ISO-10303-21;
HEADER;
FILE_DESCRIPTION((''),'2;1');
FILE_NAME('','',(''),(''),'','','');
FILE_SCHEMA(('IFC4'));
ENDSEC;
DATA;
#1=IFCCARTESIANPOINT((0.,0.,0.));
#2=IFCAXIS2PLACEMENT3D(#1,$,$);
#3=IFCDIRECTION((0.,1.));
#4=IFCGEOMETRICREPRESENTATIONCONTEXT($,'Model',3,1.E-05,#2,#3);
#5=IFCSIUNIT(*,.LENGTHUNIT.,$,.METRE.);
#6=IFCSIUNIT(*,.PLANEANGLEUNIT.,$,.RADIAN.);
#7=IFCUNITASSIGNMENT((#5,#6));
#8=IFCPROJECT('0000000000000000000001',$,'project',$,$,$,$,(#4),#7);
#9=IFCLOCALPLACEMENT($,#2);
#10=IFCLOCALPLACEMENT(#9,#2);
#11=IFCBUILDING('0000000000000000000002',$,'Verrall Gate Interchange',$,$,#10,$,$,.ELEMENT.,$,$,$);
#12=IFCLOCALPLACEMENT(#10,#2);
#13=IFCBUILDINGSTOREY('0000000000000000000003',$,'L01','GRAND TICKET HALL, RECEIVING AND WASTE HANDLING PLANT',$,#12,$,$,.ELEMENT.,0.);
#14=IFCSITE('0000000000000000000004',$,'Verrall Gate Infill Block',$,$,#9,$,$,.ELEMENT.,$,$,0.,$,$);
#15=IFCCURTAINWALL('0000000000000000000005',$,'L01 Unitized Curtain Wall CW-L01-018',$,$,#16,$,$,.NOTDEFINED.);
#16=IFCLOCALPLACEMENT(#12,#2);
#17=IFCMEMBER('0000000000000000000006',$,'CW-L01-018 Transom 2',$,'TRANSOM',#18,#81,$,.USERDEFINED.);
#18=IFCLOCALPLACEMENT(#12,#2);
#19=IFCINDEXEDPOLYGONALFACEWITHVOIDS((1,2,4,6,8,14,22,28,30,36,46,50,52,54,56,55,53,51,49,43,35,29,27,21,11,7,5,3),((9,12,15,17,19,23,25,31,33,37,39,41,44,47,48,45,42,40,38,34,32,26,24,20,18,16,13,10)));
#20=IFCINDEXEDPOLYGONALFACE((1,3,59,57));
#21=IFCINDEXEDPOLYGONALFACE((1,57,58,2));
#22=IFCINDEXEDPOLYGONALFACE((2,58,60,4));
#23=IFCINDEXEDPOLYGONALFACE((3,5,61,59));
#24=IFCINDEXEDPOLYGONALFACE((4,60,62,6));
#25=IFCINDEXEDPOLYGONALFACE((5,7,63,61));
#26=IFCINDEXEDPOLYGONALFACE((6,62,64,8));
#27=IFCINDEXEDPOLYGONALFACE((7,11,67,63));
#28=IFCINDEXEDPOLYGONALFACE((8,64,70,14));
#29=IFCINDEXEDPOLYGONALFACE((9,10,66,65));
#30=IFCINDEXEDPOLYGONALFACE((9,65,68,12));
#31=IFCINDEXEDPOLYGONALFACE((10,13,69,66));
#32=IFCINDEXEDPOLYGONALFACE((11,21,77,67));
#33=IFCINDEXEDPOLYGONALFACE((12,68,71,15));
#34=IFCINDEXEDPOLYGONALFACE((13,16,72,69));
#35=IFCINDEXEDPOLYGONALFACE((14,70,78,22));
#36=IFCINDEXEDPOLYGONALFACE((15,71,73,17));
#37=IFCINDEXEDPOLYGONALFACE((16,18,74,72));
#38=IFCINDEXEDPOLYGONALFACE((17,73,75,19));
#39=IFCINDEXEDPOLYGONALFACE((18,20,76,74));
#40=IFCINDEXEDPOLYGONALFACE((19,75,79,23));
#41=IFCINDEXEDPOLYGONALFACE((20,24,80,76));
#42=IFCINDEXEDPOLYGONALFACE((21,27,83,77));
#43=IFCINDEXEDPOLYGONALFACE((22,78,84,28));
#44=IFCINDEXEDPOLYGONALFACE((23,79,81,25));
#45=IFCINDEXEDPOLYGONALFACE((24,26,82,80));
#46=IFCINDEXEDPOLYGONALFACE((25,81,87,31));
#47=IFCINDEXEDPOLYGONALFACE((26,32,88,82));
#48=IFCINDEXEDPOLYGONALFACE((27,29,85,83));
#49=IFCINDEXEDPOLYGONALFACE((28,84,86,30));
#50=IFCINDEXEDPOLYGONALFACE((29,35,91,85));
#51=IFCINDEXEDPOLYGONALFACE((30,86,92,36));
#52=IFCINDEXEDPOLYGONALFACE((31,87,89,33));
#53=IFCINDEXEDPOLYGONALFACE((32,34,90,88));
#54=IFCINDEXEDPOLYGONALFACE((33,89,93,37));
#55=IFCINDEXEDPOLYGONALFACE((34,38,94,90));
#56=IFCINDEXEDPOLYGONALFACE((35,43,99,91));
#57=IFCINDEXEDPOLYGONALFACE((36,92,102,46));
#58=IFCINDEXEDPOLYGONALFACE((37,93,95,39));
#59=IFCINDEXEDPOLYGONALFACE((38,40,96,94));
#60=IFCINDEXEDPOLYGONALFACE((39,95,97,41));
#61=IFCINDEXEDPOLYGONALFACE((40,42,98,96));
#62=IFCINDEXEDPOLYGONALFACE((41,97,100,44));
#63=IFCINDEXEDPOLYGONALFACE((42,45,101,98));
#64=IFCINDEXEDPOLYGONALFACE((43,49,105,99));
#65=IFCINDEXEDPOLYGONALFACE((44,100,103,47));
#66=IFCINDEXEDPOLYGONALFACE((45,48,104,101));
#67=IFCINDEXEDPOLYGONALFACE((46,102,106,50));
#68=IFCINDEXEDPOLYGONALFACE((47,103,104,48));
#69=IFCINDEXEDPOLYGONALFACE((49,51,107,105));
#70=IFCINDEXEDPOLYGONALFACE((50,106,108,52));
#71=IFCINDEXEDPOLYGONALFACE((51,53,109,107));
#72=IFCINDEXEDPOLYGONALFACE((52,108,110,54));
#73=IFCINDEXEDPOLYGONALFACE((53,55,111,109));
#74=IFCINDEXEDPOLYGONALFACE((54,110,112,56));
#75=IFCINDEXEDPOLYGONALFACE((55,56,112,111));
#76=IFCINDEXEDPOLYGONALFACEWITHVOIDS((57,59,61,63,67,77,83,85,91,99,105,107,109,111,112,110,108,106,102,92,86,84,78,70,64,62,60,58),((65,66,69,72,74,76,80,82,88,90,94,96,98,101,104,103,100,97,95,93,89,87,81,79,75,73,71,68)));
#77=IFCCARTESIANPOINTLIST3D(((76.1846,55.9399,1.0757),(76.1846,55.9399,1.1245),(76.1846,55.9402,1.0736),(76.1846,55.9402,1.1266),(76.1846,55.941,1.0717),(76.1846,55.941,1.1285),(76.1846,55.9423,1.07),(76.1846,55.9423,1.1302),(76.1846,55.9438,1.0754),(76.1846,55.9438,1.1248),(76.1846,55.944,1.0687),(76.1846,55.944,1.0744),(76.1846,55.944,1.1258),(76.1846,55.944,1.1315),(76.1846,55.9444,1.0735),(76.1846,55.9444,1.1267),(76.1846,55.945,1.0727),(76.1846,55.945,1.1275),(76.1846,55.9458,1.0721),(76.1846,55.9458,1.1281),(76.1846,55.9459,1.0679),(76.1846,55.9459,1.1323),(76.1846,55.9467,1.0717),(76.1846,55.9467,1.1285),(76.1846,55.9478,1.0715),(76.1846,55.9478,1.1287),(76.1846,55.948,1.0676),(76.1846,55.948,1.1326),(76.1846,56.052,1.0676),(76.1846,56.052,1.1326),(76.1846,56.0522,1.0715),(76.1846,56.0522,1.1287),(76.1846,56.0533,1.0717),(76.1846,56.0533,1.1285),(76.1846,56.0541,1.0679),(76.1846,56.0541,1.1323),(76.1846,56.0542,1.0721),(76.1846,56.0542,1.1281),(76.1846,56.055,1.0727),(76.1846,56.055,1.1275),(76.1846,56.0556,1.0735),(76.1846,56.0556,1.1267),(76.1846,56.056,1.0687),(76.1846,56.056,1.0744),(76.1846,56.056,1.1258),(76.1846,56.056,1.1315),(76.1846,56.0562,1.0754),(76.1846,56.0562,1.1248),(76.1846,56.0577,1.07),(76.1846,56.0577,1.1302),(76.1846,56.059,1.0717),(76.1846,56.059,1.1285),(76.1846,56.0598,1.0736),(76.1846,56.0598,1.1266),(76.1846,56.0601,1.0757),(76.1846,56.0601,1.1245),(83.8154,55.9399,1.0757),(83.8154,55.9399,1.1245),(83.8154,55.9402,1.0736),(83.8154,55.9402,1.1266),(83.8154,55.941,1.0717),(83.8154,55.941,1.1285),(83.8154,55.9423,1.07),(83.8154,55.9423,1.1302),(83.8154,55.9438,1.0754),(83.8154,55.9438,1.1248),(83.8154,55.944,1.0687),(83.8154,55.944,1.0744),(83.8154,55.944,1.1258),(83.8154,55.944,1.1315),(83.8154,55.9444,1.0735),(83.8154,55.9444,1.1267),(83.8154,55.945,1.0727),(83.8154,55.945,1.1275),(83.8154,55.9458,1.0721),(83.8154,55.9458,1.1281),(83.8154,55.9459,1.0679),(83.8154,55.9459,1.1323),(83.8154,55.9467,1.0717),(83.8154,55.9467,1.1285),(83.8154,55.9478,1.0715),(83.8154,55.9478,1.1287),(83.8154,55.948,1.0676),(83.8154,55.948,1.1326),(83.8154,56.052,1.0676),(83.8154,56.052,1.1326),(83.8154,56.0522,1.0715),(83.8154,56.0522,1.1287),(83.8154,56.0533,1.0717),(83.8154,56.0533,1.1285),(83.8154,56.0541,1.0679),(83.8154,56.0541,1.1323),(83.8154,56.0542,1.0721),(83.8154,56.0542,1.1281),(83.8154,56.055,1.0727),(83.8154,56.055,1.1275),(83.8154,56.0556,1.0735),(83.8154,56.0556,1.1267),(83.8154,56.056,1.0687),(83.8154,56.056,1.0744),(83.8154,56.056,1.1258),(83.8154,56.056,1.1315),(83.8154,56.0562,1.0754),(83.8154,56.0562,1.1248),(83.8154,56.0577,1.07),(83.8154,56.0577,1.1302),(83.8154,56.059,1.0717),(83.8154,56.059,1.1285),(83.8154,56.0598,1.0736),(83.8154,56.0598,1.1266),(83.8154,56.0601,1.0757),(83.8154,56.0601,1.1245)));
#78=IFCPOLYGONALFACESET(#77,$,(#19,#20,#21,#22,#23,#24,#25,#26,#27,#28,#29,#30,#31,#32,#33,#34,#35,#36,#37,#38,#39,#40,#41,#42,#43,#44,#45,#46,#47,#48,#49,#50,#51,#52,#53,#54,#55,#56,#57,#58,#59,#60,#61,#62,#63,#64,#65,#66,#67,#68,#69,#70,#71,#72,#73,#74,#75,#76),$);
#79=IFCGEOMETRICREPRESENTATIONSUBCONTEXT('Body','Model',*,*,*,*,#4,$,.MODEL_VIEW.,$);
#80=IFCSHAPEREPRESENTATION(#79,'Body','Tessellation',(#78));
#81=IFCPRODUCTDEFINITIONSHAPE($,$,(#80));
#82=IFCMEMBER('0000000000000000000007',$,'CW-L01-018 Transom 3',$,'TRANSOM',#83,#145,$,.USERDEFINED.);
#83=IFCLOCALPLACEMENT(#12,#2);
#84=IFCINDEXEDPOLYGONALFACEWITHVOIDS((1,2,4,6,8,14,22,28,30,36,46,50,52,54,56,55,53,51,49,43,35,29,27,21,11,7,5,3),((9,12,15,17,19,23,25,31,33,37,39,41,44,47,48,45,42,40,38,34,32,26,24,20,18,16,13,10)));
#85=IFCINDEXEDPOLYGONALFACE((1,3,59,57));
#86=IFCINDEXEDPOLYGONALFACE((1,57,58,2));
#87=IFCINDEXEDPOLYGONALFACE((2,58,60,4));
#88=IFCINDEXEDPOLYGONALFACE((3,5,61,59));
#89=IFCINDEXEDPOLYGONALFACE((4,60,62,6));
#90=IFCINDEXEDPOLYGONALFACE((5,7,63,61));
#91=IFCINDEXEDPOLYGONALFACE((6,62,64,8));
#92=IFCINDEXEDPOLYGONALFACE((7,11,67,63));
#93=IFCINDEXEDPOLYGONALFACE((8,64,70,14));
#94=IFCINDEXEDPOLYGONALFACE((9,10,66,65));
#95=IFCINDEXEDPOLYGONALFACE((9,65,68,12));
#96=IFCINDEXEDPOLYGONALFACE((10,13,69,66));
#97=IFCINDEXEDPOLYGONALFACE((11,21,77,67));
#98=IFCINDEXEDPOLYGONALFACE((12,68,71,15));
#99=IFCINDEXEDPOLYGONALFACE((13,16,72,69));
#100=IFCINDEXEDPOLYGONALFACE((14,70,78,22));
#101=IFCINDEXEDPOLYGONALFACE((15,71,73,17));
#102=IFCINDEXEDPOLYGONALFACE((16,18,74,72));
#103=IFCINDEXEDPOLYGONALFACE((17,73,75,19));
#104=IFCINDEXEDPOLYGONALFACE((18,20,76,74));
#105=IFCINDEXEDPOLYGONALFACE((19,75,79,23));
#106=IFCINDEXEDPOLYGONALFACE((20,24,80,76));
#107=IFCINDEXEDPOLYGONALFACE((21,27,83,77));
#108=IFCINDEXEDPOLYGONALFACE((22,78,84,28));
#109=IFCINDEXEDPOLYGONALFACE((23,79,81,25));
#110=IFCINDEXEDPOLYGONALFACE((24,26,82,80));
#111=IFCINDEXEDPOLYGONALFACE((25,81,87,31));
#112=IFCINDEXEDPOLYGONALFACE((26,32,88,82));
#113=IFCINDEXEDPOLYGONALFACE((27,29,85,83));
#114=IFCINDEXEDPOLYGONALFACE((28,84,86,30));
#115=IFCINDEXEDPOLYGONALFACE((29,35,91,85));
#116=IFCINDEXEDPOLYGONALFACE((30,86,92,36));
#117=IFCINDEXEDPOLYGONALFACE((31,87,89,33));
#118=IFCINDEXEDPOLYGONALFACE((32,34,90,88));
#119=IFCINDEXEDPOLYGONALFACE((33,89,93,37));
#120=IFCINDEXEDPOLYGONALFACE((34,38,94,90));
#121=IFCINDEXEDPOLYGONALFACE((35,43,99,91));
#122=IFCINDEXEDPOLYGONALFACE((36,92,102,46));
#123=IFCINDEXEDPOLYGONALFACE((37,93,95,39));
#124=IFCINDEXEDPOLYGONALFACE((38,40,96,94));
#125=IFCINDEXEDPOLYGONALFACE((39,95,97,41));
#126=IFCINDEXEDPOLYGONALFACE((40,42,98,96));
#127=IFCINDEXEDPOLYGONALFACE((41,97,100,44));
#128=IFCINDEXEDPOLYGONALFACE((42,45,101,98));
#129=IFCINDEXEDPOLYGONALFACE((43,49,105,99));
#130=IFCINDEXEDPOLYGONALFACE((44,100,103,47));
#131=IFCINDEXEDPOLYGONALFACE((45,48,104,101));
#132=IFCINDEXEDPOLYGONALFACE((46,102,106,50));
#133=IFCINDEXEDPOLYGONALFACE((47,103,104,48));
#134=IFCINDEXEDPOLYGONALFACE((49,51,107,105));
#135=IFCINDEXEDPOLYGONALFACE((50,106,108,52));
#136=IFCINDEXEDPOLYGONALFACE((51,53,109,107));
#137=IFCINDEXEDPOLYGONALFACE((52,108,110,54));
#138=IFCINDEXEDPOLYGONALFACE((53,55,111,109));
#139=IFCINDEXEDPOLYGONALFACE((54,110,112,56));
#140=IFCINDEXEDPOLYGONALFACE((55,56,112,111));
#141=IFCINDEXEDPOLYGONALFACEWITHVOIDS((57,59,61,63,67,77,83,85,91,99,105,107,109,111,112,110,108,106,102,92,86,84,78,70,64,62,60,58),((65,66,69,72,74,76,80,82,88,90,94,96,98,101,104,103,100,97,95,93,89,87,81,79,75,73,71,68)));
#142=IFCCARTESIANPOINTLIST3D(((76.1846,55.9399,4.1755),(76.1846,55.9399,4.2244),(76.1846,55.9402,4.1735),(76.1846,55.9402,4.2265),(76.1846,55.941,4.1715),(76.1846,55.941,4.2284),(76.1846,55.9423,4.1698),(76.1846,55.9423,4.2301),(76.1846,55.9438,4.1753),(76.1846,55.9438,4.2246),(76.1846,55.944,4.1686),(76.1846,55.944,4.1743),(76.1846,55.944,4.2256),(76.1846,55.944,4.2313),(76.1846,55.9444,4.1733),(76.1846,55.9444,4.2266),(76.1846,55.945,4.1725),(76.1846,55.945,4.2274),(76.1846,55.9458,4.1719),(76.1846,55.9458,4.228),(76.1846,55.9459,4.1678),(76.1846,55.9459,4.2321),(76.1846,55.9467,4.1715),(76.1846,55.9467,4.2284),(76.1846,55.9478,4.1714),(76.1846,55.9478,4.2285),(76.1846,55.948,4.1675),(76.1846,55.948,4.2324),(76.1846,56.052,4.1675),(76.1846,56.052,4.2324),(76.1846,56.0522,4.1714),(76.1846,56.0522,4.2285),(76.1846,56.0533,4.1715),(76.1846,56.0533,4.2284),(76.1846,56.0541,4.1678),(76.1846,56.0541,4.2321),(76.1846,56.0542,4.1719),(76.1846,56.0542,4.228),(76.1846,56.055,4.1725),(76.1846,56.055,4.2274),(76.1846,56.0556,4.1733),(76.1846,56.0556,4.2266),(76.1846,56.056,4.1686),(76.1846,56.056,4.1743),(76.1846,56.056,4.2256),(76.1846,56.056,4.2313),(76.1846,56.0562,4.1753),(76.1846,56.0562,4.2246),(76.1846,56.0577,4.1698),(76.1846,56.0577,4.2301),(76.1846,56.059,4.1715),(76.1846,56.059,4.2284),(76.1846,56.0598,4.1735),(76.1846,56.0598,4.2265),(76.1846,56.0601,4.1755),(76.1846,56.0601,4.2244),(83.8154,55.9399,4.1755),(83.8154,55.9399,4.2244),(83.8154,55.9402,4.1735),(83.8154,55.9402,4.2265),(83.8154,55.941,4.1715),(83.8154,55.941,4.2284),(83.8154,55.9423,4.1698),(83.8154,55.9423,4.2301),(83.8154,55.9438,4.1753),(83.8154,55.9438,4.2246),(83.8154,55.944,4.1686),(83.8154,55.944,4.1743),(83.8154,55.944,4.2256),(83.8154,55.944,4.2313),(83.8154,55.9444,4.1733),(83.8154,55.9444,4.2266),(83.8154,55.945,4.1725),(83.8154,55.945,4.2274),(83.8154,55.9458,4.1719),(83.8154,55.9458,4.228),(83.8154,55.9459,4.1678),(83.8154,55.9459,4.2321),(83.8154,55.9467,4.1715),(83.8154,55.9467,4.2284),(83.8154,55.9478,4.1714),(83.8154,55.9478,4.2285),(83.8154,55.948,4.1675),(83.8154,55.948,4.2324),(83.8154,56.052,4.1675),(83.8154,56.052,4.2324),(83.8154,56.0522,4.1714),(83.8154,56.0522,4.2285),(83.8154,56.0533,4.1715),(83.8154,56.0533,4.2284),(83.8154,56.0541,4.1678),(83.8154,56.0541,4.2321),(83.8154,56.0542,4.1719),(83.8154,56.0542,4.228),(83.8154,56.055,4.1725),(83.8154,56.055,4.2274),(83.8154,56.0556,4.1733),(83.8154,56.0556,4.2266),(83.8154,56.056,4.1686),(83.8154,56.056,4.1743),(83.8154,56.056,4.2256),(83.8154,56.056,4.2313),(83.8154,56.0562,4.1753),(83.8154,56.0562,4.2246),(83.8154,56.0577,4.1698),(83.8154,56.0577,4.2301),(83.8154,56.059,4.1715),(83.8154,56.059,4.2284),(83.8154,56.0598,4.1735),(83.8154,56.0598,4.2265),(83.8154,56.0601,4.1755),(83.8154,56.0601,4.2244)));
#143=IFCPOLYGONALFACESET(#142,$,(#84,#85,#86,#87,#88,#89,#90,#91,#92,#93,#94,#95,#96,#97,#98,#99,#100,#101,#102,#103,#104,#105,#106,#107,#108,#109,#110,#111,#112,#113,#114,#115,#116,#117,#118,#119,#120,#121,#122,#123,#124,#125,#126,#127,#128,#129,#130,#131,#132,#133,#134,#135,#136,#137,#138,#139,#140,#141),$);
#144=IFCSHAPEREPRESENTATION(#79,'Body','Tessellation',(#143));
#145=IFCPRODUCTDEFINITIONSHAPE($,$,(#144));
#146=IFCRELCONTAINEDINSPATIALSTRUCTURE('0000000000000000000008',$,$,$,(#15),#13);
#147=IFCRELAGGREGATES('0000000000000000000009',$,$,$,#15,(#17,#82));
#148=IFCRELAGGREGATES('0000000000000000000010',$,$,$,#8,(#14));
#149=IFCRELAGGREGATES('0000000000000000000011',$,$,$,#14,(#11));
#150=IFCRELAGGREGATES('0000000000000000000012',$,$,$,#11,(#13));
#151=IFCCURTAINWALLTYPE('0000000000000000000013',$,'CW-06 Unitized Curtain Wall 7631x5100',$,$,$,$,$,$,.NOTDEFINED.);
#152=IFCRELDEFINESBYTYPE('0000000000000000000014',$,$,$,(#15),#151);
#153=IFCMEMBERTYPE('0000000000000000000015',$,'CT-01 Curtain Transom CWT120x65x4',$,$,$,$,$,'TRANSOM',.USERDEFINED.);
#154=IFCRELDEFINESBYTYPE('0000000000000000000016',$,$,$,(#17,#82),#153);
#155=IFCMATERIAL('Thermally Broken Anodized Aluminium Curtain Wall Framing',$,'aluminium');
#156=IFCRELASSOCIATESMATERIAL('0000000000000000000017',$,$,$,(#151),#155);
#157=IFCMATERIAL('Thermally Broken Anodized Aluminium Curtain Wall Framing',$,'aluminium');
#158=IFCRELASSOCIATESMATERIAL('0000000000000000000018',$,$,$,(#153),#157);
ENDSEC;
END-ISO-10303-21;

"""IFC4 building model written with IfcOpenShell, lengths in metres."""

from ifc_helpers import new_model, si_unit, direction, frame, origin, origin_2d, place, context, subcontext, project, spatial, hollow_rectangle, extrude, material, material_profile, profile_set, type_object, element, aggregate, save


model = new_model("IFC4")

# Units and contexts
model_context = context("Model", 3, precision=1e-05, world=origin(), true_north=direction((0.0, 1.0)))
body_context = subcontext(model_context, "Body", "Model", "MODEL_VIEW")
ifc_project = project(units=[si_unit("LENGTHUNIT", "METRE"), si_unit("PLANEANGLEUNIT", "RADIAN")], contexts=[model_context])

# Site, building, storey
site_placement = place(None, origin())
site = spatial("IfcSite", under=ifc_project, at=site_placement, Name="Verrall Gate Infill Block", CompositionType="ELEMENT", RefElevation=0.0)
building_placement = place(site_placement, origin())
building = spatial("IfcBuilding", under=site, at=building_placement, Name="Verrall Gate Interchange", CompositionType="ELEMENT")
storey_placement = place(building_placement, origin())
storey = spatial("IfcBuildingStorey", under=building, at=storey_placement, Name="L01", Description="GRAND TICKET HALL, RECEIVING AND WASTE HANDLING PLANT", CompositionType="ELEMENT", Elevation=0.0)

# Curtain wall
ifc_material_1 = material(Name="Thermally Broken Anodized Aluminium Curtain Wall Framing", Category="aluminium")
curtain_wall_type = type_object("IfcCurtainWallType", Name="CW-06 Unitized Curtain Wall 7631x5100", PredefinedType="NOTDEFINED", material=ifc_material_1)
curtain_wall_1_placement = place(storey_placement, origin())
curtain_wall_1 = element("IfcCurtainWall", 1, at=curtain_wall_1_placement, inside=storey, type_object=curtain_wall_type, Name="L01 Unitized Curtain Wall CW-L01-018", PredefinedType="NOTDEFINED")

# Members
ifc_material_2 = material(Name="Thermally Broken Anodized Aluminium Curtain Wall Framing", Category="aluminium")
ifc_material_profile_1 = material_profile(ifc_material_2, hollow_rectangle(XDim=0.1201, YDim=0.0649, WallThickness=0.0039, InnerFilletRadius=0.0039, OuterFilletRadius=0.0081, at=origin_2d()), Name="CWT120x65x4")
ifc_profile_set_1 = profile_set([ifc_material_profile_1], Name="Thermally Broken Anodized Aluminium Curtain Wall Framing")
member_type_1 = type_object("IfcMemberType", Name="CT-01 Curtain Transom CWT120x65x4", ElementType="TRANSOM", PredefinedType="USERDEFINED", material=ifc_profile_set_1)
member_1_placement = place(storey_placement, frame((83.8154, 56.0, 1.1001), z_axis=(-1.0, 0.0, 0.0), x_axis=(0.0, -1.0, 0.0)))
member_1 = element("IfcMember", 2, at=member_1_placement, type_object=member_type_1, Name="CW-L01-018 Transom 2", ObjectType="TRANSOM", PredefinedType="USERDEFINED", context=body_context, shape_type="SweptSolid", body=[
    extrude(hollow_rectangle(XDim=0.1201, YDim=0.0649, WallThickness=0.0039, InnerFilletRadius=0.0039, OuterFilletRadius=0.0081, at=origin_2d()), origin(), (0.0, 0.0, 1.0), 7.6309),
])
member_2_placement = place(storey_placement, frame((83.8154, 56.0, 4.2), z_axis=(-1.0, 0.0, 0.0), x_axis=(0.0, -1.0, 0.0)))
member_2 = element("IfcMember", 3, at=member_2_placement, type_object=member_type_1, Name="CW-L01-018 Transom 3", ObjectType="TRANSOM", PredefinedType="USERDEFINED", context=body_context, shape_type="SweptSolid", body=[
    extrude(hollow_rectangle(XDim=0.1201, YDim=0.0649, WallThickness=0.0039, InnerFilletRadius=0.0039, OuterFilletRadius=0.0081, at=origin_2d()), origin(), (0.0, 0.0, 1.0), 7.6309),
])

aggregate(curtain_wall_1, [member_1, member_2])

save(model, "model.ifc")
